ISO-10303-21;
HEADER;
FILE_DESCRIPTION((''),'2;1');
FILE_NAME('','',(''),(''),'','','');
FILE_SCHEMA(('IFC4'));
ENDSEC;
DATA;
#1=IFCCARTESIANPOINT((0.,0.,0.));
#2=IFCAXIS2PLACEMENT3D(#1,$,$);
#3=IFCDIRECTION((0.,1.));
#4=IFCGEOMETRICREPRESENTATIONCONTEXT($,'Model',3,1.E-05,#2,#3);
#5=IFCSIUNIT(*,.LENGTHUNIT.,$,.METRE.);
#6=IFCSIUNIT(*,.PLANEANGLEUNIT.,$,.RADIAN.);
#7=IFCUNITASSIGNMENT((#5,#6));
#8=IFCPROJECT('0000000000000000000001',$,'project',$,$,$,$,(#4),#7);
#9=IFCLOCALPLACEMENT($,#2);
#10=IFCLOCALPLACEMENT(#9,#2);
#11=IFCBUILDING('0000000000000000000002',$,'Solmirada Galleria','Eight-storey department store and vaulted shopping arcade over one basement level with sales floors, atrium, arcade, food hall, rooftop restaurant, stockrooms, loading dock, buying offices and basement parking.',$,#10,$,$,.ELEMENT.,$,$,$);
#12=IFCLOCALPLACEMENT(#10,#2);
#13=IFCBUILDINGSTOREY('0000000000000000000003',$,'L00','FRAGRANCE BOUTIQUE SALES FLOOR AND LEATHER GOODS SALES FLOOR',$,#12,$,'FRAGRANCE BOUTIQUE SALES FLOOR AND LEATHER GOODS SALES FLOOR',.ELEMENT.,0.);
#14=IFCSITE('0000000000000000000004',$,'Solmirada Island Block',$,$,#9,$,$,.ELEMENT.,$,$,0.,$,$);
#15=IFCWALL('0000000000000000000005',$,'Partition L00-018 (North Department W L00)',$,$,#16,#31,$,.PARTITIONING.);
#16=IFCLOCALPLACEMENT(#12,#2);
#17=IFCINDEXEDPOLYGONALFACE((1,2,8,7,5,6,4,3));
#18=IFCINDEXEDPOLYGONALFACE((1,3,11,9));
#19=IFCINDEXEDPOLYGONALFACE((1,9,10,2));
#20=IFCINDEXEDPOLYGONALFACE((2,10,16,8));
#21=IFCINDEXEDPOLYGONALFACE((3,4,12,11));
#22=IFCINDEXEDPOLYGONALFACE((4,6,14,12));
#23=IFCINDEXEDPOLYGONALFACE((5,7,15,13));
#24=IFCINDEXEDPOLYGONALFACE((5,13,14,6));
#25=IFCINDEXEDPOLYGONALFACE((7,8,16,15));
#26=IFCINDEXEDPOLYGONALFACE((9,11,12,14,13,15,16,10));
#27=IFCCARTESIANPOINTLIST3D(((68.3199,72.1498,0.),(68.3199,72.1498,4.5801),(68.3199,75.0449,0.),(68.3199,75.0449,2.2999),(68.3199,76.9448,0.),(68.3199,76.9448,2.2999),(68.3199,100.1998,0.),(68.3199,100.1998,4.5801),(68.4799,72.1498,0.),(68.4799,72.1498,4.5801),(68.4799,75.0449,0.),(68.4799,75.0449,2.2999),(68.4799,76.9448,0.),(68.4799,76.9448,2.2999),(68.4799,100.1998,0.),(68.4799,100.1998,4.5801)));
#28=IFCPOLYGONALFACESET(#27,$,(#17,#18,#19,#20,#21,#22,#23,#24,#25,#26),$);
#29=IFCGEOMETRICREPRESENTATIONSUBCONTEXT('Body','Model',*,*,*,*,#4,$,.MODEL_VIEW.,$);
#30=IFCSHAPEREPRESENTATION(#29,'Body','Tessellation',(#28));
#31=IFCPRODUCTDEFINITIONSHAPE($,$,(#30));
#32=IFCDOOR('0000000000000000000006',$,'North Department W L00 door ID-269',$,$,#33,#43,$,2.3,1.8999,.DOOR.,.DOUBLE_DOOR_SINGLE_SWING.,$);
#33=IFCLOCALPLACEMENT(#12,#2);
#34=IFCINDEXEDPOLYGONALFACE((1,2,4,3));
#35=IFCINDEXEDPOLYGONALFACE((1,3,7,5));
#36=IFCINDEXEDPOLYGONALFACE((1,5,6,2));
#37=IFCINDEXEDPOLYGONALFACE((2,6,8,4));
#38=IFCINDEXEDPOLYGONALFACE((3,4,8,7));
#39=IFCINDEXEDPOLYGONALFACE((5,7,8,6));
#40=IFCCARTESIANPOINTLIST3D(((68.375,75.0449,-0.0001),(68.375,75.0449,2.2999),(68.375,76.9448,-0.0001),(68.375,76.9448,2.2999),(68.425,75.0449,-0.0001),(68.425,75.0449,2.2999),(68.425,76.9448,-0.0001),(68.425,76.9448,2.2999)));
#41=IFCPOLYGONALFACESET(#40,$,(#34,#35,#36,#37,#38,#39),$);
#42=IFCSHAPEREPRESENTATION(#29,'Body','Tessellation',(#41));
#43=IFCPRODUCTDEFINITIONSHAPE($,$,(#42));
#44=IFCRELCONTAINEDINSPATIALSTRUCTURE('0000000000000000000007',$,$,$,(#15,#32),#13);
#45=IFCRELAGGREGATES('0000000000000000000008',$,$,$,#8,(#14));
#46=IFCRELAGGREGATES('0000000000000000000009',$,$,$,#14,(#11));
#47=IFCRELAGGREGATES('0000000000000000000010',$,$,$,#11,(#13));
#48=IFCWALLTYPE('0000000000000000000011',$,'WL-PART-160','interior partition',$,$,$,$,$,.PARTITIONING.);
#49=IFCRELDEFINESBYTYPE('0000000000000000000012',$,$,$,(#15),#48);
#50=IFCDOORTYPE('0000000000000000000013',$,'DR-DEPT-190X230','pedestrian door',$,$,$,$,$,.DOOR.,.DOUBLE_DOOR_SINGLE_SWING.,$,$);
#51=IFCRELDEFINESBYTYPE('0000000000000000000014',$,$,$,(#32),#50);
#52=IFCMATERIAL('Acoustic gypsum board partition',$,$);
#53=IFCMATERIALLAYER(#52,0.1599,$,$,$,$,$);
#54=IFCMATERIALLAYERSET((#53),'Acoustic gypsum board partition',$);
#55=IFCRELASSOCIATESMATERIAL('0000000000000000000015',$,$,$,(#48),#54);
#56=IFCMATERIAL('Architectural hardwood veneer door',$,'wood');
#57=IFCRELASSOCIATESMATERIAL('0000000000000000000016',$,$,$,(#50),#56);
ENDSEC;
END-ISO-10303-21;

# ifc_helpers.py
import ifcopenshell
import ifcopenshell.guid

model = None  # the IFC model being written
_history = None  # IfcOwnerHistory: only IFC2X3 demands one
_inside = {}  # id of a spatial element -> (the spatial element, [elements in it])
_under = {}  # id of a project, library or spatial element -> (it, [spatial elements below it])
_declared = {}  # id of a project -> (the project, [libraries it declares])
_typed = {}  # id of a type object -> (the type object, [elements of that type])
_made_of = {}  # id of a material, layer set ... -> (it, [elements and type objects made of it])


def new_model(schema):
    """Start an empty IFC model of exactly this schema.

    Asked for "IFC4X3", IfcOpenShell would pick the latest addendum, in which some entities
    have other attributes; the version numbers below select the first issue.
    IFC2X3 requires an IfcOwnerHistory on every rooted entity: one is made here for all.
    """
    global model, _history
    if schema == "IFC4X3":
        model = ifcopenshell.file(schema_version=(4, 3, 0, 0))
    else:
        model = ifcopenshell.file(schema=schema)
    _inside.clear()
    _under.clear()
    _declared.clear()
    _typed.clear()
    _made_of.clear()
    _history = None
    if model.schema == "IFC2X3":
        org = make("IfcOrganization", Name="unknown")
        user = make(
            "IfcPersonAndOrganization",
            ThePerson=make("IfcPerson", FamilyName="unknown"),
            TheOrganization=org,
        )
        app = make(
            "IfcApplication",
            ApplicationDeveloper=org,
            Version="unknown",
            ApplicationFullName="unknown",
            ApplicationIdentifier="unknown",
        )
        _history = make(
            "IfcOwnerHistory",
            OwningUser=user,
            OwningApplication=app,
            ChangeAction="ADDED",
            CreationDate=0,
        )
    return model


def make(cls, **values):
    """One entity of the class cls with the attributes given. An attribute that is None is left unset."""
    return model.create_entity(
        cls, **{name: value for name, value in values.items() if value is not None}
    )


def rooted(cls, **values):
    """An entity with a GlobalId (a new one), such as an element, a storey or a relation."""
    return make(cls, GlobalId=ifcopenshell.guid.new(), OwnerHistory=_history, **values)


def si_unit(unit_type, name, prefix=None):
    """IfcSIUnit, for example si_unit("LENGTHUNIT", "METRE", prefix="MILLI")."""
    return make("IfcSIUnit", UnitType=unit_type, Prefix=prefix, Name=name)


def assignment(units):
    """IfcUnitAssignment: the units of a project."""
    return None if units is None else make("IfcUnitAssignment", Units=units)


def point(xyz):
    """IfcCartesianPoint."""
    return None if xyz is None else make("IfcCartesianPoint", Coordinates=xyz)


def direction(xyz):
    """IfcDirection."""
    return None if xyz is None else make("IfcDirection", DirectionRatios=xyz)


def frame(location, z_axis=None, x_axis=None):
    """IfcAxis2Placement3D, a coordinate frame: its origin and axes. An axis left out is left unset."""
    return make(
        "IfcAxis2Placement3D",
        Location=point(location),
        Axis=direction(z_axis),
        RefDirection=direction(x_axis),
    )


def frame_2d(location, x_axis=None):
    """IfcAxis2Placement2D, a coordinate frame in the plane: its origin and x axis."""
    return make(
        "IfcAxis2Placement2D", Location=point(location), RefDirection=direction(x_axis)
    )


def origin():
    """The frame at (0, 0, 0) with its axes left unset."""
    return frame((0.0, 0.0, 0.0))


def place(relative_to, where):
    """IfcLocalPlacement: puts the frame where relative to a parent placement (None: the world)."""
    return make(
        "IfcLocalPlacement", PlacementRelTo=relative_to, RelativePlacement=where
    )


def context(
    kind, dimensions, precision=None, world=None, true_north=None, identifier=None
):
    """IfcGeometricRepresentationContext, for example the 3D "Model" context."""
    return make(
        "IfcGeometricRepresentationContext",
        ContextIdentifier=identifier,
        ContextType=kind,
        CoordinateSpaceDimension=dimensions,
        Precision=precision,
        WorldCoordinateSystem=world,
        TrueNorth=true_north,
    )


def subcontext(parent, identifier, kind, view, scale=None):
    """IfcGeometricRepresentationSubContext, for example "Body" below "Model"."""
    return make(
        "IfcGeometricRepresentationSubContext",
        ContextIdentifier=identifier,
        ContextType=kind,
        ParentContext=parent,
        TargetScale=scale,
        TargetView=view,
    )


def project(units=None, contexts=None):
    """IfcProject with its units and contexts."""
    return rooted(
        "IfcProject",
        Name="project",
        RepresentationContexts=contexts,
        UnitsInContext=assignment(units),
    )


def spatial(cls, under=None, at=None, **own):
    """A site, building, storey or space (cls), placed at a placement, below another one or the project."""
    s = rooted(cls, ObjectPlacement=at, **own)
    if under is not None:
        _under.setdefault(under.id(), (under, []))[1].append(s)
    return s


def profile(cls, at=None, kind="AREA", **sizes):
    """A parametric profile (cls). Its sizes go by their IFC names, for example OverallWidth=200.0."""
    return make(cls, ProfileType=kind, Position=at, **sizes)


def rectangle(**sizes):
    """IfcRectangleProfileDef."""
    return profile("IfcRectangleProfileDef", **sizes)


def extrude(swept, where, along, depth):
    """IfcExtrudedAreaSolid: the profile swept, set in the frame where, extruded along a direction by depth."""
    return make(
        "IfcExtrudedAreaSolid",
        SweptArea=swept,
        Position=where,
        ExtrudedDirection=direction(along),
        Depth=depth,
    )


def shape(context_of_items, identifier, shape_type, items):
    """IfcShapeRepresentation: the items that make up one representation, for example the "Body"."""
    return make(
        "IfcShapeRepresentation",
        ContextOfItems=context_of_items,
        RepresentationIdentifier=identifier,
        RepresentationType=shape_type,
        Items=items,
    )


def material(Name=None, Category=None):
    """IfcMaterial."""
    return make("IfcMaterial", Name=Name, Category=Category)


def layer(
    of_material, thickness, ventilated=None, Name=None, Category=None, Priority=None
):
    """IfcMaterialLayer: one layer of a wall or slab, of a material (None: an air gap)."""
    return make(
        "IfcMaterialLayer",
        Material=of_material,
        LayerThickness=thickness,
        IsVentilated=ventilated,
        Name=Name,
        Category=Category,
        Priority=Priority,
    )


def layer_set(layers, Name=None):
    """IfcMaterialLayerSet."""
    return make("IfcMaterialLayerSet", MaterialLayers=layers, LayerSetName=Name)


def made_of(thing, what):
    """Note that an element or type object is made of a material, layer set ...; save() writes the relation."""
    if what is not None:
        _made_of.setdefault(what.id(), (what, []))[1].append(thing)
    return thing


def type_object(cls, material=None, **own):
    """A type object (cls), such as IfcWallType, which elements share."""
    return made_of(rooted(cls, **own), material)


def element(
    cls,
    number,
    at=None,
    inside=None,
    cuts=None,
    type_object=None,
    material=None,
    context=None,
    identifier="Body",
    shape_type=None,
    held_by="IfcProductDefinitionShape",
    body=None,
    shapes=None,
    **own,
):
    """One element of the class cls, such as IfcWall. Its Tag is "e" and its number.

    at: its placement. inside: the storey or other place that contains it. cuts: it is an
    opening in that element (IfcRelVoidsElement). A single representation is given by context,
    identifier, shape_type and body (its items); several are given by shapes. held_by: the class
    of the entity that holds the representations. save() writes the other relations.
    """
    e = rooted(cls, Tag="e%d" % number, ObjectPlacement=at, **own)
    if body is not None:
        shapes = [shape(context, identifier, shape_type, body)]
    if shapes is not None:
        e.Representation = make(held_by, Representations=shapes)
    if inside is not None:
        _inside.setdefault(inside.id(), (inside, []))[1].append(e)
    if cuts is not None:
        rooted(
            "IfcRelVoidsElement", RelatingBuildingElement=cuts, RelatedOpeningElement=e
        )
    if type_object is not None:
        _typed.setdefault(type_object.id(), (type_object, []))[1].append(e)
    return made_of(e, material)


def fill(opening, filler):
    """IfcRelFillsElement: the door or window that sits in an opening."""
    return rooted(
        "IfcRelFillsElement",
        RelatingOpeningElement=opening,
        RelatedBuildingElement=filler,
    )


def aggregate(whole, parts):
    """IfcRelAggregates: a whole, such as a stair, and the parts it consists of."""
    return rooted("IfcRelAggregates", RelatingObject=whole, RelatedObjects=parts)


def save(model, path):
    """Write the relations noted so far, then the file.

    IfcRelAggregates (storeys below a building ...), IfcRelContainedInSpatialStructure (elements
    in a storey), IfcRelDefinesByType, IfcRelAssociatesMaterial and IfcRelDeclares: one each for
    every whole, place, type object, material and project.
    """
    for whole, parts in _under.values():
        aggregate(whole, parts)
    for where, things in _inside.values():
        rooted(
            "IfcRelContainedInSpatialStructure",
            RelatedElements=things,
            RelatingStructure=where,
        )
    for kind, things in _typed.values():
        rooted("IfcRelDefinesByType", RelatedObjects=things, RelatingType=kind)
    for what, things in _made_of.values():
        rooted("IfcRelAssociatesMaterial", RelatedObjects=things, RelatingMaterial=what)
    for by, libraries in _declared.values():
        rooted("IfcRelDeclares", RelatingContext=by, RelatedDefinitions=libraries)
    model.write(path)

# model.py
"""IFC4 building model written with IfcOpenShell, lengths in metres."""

from ifc_helpers import new_model, si_unit, direction, frame, frame_2d, origin, place, context, subcontext, project, spatial, rectangle, extrude, material, layer, layer_set, type_object, element, fill, save


model = new_model("IFC4")

# Units and contexts
model_context = context("Model", 3, precision=1e-05, world=origin(), true_north=direction((0.0, 1.0)))
body_context = subcontext(model_context, "Body", "Model", "MODEL_VIEW")
ifc_project = project(units=[si_unit("LENGTHUNIT", "METRE"), si_unit("PLANEANGLEUNIT", "RADIAN")], contexts=[model_context])

# Site, building, storey
site_placement = place(None, origin())
site = spatial("IfcSite", under=ifc_project, at=site_placement, Name="Solmirada Island Block", CompositionType="ELEMENT", RefElevation=0.0)
building_placement = place(site_placement, origin())
building = spatial("IfcBuilding", under=site, at=building_placement, Name="Solmirada Galleria", Description="Eight-storey department store and vaulted shopping arcade over one basement level with sales floors, atrium, arcade, food hall, rooftop restaurant, stockrooms, loading dock, buying offices and basement parking.", CompositionType="ELEMENT")
storey_placement = place(building_placement, origin())
storey = spatial("IfcBuildingStorey", under=building, at=storey_placement, Name="L00", Description="FRAGRANCE BOUTIQUE SALES FLOOR AND LEATHER GOODS SALES FLOOR", LongName="FRAGRANCE BOUTIQUE SALES FLOOR AND LEATHER GOODS SALES FLOOR", CompositionType="ELEMENT", Elevation=0.0)

# Wall, opening, door
ifc_material_1 = material(Name="Acoustic gypsum board partition")
ifc_layer = layer(ifc_material_1, 0.1599)
ifc_layer_set = layer_set([ifc_layer], Name="Acoustic gypsum board partition")
wall_type = type_object("IfcWallType", Name="WL-PART-160", Description="interior partition", PredefinedType="PARTITIONING", material=ifc_layer_set)
wall_placement = place(storey_placement, frame((68.3999, 72.1499, 0.0), z_axis=(0.0, 0.0, 1.0), x_axis=(0.0, 1.0, 0.0)))
wall = element("IfcWall", 1, at=wall_placement, inside=storey, type_object=wall_type, Name="Partition L00-018 (North Department W L00)", PredefinedType="PARTITIONING", context=body_context, shape_type="SweptSolid", body=[
    extrude(rectangle(XDim=28.05, YDim=0.1599, at=frame_2d((14.0249, 0.0))), origin(), (0.0, 0.0, 1.0), 4.5801),
])
opening_placement = place(wall_placement, frame((2.895, 0.0, 0.0)))
opening = element("IfcOpeningElement", 2, at=opening_placement, cuts=wall, PredefinedType="OPENING", context=body_context, shape_type="SweptSolid", body=[
    extrude(rectangle(XDim=1.8999, YDim=2.3, at=frame_2d((0.95, 1.1499))), frame((0.0, 0.0898, 0.0), z_axis=(0.0, -1.0, 0.0), x_axis=(1.0, 0.0, 0.0)), (0.0, 0.0, 1.0), 0.1799),
])
ifc_material_2 = material(Name="Architectural hardwood veneer door", Category="wood")
door_type = type_object("IfcDoorType", Name="DR-DEPT-190X230", Description="pedestrian door", OperationType="DOUBLE_DOOR_SINGLE_SWING", PredefinedType="DOOR", material=ifc_material_2)
door_placement = place(opening_placement, origin())
door = element("IfcDoor", 3, at=door_placement, inside=storey, type_object=door_type, Name="North Department W L00 door ID-269", OperationType="DOUBLE_DOOR_SINGLE_SWING", OverallHeight=2.3, OverallWidth=1.8999, PredefinedType="DOOR", context=body_context, shape_type="SweptSolid", body=[
    extrude(rectangle(XDim=1.8999, YDim=2.3, at=frame_2d((0.95, 1.1499))), frame((0.0, 0.0249, 0.0), z_axis=(0.0, -1.0, 0.0), x_axis=(1.0, 0.0, 0.0)), (0.0, 0.0, 1.0), 0.05),
])
fill(opening, door)

save(model, "model.ifc")
